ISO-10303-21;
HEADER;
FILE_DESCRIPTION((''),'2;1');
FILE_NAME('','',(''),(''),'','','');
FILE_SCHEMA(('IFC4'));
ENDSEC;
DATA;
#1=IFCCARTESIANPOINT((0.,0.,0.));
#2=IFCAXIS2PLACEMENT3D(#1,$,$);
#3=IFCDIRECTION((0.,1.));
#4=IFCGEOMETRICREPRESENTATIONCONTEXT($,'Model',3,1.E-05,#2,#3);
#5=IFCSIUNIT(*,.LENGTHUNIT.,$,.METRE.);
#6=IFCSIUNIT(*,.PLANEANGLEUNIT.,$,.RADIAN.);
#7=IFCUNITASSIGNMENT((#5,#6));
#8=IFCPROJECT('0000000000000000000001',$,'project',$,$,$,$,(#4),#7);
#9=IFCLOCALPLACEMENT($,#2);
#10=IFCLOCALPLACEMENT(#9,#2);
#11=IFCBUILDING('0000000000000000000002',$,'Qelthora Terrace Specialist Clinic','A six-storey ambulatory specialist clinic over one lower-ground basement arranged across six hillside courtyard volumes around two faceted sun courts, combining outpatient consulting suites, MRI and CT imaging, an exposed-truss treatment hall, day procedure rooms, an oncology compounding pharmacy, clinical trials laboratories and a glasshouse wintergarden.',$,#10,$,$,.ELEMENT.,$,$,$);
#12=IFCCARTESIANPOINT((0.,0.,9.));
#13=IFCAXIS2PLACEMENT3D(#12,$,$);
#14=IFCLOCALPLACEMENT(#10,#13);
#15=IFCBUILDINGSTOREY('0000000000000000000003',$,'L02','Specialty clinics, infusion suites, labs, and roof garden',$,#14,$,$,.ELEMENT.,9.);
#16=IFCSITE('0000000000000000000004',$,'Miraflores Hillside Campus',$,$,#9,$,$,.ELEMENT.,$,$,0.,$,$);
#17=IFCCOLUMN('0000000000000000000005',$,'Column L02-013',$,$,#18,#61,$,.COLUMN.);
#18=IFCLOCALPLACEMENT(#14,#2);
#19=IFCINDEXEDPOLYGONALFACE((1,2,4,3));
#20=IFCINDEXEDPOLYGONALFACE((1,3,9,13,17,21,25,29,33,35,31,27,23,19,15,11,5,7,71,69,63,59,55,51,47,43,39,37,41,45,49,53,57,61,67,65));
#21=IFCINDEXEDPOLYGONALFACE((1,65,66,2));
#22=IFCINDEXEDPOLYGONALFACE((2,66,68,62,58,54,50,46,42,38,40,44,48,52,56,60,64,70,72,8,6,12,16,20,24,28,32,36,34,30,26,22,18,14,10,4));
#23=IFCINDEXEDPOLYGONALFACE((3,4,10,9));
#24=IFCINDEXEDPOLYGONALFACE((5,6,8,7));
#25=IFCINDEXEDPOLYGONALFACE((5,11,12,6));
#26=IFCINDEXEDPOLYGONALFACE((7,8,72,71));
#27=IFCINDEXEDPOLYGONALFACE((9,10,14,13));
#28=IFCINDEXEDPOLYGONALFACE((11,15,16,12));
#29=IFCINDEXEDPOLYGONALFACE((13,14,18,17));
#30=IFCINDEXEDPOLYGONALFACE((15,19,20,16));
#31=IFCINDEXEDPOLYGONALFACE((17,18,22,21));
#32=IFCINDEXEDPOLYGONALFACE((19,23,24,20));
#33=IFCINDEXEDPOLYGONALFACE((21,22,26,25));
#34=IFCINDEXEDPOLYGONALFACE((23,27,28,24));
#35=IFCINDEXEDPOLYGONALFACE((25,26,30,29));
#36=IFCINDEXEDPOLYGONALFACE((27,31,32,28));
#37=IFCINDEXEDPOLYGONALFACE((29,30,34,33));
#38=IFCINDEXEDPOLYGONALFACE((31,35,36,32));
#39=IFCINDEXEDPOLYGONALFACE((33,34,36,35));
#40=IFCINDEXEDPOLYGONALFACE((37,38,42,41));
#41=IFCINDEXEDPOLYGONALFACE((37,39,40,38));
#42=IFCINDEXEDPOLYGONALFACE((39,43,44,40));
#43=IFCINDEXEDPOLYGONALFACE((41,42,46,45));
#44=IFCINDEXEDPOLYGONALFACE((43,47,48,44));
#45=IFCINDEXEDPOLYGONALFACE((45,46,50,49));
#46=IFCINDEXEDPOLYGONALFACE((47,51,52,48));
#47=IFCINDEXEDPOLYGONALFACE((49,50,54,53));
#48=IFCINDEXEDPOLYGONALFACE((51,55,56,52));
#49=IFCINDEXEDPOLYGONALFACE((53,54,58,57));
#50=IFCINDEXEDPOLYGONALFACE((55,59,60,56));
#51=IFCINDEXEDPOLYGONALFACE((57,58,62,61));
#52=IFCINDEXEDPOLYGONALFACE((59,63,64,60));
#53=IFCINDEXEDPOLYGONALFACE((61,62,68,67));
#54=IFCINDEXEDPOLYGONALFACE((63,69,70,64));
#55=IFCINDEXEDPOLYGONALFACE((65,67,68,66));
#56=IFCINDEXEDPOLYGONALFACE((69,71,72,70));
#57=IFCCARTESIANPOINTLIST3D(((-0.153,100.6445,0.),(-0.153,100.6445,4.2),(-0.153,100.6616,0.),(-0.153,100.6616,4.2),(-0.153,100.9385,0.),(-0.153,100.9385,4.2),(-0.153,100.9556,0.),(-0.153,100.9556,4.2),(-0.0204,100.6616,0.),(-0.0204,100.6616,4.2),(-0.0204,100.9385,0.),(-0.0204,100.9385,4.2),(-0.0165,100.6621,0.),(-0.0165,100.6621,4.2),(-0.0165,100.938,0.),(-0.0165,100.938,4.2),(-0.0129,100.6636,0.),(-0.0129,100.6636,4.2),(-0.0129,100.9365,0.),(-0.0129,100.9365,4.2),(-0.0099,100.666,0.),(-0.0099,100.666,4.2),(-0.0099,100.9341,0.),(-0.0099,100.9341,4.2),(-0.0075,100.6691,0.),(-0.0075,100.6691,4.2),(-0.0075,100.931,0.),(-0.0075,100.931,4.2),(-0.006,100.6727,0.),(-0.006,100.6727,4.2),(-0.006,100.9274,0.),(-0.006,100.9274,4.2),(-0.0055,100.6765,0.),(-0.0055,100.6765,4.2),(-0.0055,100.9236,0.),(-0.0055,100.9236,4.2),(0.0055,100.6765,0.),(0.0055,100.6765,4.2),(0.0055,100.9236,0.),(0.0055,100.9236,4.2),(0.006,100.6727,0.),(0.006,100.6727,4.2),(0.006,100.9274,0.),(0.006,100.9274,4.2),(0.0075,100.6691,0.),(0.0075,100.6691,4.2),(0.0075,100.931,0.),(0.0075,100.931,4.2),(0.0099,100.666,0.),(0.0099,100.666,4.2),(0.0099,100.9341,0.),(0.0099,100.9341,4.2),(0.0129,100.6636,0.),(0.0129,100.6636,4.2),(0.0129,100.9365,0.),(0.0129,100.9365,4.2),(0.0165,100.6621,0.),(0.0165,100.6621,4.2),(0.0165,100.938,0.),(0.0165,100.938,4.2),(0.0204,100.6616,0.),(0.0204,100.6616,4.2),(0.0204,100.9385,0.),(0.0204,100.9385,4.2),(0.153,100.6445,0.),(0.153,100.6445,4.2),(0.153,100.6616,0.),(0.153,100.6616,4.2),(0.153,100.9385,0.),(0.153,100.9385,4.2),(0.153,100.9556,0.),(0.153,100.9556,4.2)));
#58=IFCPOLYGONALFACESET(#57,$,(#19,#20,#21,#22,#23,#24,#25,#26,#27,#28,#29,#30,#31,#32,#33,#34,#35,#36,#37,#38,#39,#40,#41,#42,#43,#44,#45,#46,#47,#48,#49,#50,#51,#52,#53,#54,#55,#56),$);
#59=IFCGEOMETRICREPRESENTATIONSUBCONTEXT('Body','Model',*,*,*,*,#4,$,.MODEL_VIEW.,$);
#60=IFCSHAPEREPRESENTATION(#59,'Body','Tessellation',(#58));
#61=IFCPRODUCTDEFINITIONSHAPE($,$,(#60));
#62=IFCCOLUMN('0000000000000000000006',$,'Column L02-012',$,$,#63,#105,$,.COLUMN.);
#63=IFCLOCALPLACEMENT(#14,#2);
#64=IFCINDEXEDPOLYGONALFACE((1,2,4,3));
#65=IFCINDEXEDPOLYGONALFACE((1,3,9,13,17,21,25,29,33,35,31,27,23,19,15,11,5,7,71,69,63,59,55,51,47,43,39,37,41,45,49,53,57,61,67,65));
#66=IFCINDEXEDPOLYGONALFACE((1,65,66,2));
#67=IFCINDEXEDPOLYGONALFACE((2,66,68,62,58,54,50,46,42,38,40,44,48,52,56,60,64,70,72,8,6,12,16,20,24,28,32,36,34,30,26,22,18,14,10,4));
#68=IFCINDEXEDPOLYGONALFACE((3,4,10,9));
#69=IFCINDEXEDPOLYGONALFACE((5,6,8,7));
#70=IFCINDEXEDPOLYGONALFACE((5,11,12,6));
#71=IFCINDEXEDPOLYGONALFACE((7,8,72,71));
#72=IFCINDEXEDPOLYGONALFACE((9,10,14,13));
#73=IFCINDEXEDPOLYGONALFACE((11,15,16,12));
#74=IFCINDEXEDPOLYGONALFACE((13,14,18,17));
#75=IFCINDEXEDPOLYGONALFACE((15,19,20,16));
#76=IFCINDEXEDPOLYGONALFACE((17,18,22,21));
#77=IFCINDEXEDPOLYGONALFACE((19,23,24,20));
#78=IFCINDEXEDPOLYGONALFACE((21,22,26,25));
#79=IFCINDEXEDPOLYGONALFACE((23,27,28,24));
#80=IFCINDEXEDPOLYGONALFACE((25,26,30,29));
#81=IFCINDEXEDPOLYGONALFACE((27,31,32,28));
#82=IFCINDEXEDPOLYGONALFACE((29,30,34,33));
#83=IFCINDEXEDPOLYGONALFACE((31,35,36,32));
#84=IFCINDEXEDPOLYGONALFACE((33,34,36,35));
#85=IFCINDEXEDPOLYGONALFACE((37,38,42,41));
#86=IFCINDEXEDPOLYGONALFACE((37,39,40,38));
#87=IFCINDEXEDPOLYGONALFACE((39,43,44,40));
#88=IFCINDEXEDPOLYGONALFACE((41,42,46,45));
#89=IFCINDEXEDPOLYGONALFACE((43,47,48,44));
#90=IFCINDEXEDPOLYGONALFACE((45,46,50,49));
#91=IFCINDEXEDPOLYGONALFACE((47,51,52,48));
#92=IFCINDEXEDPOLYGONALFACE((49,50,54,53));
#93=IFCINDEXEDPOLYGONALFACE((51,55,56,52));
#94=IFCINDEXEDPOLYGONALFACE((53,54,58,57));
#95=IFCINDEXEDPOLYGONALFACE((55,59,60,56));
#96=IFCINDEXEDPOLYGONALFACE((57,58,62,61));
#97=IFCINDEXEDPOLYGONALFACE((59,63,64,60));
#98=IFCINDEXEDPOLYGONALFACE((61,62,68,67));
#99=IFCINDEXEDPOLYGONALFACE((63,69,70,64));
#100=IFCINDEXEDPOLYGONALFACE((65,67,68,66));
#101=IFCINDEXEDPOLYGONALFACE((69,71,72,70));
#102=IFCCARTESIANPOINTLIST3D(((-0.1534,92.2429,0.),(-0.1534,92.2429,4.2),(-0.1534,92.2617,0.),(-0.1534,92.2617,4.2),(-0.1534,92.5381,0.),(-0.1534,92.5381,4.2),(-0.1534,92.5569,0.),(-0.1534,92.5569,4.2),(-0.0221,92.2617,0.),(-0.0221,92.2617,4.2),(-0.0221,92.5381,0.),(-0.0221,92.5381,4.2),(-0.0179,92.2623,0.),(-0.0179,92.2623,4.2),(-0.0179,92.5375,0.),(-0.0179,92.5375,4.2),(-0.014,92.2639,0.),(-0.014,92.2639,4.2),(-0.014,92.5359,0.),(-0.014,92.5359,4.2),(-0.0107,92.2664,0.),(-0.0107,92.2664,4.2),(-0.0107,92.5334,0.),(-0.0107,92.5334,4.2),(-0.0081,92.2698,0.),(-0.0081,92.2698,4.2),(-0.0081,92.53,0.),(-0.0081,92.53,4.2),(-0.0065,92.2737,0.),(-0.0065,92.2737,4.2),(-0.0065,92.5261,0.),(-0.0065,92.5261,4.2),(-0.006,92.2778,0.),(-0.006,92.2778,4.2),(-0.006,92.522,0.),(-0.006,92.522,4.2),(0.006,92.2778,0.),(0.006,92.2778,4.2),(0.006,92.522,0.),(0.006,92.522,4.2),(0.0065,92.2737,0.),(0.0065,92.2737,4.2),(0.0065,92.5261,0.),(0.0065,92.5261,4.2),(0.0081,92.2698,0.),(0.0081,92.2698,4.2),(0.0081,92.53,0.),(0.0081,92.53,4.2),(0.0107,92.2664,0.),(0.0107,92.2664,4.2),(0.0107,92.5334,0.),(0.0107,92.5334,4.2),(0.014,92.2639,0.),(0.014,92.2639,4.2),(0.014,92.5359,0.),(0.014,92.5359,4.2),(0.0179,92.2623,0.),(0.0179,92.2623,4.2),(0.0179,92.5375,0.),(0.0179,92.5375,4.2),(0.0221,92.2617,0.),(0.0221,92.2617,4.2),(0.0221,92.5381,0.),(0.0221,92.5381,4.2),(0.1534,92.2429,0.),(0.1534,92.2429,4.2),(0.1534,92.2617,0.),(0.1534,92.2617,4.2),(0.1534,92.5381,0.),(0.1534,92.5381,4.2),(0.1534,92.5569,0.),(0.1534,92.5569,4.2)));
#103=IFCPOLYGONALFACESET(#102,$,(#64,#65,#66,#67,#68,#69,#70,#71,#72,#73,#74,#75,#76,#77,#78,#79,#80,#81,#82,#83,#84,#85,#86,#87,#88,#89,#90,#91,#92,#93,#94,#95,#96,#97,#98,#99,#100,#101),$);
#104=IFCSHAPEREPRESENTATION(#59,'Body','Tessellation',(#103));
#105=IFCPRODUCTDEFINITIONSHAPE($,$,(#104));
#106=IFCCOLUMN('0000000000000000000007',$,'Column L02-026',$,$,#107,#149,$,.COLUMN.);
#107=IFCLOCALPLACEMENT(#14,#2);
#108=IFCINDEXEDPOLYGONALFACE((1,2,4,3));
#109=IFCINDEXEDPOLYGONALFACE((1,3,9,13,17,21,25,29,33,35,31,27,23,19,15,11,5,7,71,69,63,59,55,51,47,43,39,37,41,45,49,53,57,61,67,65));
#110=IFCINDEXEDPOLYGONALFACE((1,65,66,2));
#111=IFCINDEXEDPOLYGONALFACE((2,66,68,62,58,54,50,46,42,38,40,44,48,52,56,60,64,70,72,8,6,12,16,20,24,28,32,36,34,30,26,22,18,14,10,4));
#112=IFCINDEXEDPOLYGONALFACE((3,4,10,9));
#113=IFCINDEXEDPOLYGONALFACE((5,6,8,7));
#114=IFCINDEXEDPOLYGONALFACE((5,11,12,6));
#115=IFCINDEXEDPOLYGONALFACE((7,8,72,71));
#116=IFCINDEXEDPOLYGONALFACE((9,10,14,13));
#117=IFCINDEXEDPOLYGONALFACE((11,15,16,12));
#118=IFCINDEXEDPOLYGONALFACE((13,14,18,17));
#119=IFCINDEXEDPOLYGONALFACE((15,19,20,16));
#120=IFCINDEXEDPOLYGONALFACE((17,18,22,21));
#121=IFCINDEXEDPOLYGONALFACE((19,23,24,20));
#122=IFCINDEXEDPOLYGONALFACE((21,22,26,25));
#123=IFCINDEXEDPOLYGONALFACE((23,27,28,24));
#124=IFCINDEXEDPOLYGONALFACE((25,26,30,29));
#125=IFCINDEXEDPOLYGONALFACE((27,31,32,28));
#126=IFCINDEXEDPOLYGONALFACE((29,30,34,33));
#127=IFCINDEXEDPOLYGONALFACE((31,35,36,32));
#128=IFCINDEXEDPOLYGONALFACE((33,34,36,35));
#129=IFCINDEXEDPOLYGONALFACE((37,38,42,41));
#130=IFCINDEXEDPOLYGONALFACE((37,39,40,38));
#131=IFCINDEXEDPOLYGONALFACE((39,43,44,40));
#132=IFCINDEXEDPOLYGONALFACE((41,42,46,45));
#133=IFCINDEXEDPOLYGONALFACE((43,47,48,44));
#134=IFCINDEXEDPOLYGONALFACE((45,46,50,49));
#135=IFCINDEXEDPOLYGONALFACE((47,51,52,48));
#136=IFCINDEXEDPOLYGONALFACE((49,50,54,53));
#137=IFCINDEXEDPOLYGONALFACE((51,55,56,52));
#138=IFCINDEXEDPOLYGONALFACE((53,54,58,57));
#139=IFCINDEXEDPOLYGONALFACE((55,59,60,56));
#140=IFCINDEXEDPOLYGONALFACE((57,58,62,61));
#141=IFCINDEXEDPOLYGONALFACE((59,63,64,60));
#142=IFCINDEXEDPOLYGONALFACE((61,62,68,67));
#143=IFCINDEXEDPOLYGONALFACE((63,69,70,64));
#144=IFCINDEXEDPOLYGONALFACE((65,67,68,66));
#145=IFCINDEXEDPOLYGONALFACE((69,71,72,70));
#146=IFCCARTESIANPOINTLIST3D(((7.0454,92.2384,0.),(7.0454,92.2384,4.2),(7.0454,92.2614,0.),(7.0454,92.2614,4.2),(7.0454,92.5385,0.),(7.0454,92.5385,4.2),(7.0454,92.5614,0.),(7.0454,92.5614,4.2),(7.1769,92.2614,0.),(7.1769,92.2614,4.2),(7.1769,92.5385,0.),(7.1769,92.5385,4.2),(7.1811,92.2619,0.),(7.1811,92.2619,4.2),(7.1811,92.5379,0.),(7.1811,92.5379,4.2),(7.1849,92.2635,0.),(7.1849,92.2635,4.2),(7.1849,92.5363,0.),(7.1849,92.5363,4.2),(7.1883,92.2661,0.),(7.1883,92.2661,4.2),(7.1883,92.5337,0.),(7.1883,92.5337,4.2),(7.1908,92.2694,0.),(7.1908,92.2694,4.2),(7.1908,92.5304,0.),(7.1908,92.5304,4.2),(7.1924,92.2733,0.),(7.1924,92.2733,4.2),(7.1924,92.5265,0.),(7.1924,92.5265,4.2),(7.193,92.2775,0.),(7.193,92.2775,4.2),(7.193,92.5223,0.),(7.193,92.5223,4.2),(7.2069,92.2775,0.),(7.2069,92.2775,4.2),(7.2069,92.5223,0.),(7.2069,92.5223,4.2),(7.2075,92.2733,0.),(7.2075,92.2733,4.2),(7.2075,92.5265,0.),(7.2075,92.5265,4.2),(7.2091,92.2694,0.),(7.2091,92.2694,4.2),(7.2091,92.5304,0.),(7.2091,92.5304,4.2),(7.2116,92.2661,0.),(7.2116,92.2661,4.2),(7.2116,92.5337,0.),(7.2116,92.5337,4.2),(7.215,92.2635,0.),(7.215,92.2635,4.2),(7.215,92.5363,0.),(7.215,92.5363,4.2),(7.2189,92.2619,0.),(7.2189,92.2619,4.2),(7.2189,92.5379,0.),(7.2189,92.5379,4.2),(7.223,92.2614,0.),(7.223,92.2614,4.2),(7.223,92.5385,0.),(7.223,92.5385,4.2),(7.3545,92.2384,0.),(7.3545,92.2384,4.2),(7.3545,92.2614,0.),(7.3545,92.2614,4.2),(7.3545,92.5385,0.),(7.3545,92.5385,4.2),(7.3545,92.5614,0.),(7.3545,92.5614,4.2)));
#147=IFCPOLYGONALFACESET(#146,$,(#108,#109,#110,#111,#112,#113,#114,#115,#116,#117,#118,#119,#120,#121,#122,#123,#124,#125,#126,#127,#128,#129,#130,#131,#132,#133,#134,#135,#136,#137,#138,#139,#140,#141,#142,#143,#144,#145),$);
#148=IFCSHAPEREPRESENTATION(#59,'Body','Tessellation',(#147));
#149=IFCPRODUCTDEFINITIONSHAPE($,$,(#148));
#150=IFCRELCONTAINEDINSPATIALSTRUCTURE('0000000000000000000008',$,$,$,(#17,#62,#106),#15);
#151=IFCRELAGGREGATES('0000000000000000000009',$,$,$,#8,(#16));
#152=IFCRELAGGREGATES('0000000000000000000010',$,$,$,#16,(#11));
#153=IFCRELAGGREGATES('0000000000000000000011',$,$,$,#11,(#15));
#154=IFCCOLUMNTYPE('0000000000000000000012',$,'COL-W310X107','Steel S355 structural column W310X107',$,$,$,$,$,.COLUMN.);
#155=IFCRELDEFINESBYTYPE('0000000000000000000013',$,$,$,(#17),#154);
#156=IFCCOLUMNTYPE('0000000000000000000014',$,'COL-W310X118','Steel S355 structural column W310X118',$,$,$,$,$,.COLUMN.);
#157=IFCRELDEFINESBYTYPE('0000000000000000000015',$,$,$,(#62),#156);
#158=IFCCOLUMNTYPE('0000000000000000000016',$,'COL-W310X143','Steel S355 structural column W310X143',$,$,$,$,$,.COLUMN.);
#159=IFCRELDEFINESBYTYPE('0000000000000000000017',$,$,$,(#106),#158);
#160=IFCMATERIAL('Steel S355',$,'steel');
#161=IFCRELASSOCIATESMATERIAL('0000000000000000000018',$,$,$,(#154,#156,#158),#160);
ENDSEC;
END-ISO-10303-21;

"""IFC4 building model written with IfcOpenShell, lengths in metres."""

from ifc_helpers import new_model, si_unit, direction, frame, origin, origin_2d, place, context, subcontext, project, spatial, i_section, extrude, material, material_profile, profile_set, type_object, element, save


model = new_model("IFC4")

# Units and contexts
model_context = context("Model", 3, precision=1e-05, world=origin(), true_north=direction((0.0, 1.0)))
body_context = subcontext(model_context, "Body", "Model", "MODEL_VIEW")
ifc_project = project(units=[si_unit("LENGTHUNIT", "METRE"), si_unit("PLANEANGLEUNIT", "RADIAN")], contexts=[model_context])

# Site, building, storey
site_placement = place(None, origin())
site = spatial("IfcSite", under=ifc_project, at=site_placement, Name="Miraflores Hillside Campus", CompositionType="ELEMENT", RefElevation=0.0)
building_placement = place(site_placement, origin())
building = spatial("IfcBuilding", under=site, at=building_placement, Name="Qelthora Terrace Specialist Clinic", Description="A six-storey ambulatory specialist clinic over one lower-ground basement arranged across six hillside courtyard volumes around two faceted sun courts, combining outpatient consulting suites, MRI and CT imaging, an exposed-truss treatment hall, day procedure rooms, an oncology compounding pharmacy, clinical trials laboratories and a glasshouse wintergarden.", CompositionType="ELEMENT")
storey_placement = place(building_placement, frame((0.0, 0.0, 9.0)))
storey = spatial("IfcBuildingStorey", under=building, at=storey_placement, Name="L02", Description="Specialty clinics, infusion suites, labs, and roof garden", CompositionType="ELEMENT", Elevation=9.0)

# Columns
ifc_material_1 = material(Name="Steel S355", Category="steel")
ifc_material_profile_1 = material_profile(ifc_material_1, i_section(OverallWidth=0.3059, OverallDepth=0.311, WebThickness=0.011, FlangeThickness=0.0171, FilletRadius=0.0149, at=origin_2d()), Name="W310X107")
ifc_profile_set_1 = profile_set([ifc_material_profile_1], Name="Steel S355")
column_type_1 = type_object("IfcColumnType", Name="COL-W310X107", Description="Steel S355 structural column W310X107", PredefinedType="COLUMN", material=ifc_profile_set_1)
column_1_placement = place(storey_placement, frame((0.0, 100.8, 0.0), z_axis=(0.0, 0.0, 1.0), x_axis=(1.0, 0.0, 0.0)))
element("IfcColumn", 1, at=column_1_placement, inside=storey, type_object=column_type_1, Name="Column L02-013", PredefinedType="COLUMN", context=body_context, shape_type="SweptSolid", body=[
    extrude(i_section(OverallWidth=0.3059, OverallDepth=0.311, WebThickness=0.011, FlangeThickness=0.0171, FilletRadius=0.0149, at=origin_2d()), origin(), (0.0, 0.0, 1.0), 4.2),
])
ifc_material_profile_2 = material_profile(ifc_material_1, i_section(OverallWidth=0.3069, OverallDepth=0.314, WebThickness=0.012, FlangeThickness=0.0188, FilletRadius=0.0161, at=origin_2d()), Name="W310X118")
ifc_profile_set_2 = profile_set([ifc_material_profile_2], Name="Steel S355")
column_type_2 = type_object("IfcColumnType", Name="COL-W310X118", Description="Steel S355 structural column W310X118", PredefinedType="COLUMN", material=ifc_profile_set_2)
column_2_placement = place(storey_placement, frame((0.0, 92.3999, 0.0), z_axis=(0.0, 0.0, 1.0), x_axis=(1.0, 0.0, 0.0)))
element("IfcColumn", 2, at=column_2_placement, inside=storey, type_object=column_type_2, Name="Column L02-012", PredefinedType="COLUMN", context=body_context, shape_type="SweptSolid", body=[
    extrude(i_section(OverallWidth=0.3069, OverallDepth=0.314, WebThickness=0.012, FlangeThickness=0.0188, FilletRadius=0.0161, at=origin_2d()), origin(), (0.0, 0.0, 1.0), 4.2),
])
ifc_material_profile_3 = material_profile(ifc_material_1, i_section(OverallWidth=0.3091, OverallDepth=0.323, WebThickness=0.0139, FlangeThickness=0.0229, FilletRadius=0.0161, at=origin_2d()), Name="W310X143")
ifc_profile_set_3 = profile_set([ifc_material_profile_3], Name="Steel S355")
column_type_3 = type_object("IfcColumnType", Name="COL-W310X143", Description="Steel S355 structural column W310X143", PredefinedType="COLUMN", material=ifc_profile_set_3)
column_3_placement = place(storey_placement, frame((7.2, 92.3999, 0.0), z_axis=(0.0, 0.0, 1.0), x_axis=(1.0, 0.0, 0.0)))
element("IfcColumn", 3, at=column_3_placement, inside=storey, type_object=column_type_3, Name="Column L02-026", PredefinedType="COLUMN", context=body_context, shape_type="SweptSolid", body=[
    extrude(i_section(OverallWidth=0.3091, OverallDepth=0.323, WebThickness=0.0139, FlangeThickness=0.0229, FilletRadius=0.0161, at=origin_2d()), origin(), (0.0, 0.0, 1.0), 4.2),
])

save(model, "model.ifc")
